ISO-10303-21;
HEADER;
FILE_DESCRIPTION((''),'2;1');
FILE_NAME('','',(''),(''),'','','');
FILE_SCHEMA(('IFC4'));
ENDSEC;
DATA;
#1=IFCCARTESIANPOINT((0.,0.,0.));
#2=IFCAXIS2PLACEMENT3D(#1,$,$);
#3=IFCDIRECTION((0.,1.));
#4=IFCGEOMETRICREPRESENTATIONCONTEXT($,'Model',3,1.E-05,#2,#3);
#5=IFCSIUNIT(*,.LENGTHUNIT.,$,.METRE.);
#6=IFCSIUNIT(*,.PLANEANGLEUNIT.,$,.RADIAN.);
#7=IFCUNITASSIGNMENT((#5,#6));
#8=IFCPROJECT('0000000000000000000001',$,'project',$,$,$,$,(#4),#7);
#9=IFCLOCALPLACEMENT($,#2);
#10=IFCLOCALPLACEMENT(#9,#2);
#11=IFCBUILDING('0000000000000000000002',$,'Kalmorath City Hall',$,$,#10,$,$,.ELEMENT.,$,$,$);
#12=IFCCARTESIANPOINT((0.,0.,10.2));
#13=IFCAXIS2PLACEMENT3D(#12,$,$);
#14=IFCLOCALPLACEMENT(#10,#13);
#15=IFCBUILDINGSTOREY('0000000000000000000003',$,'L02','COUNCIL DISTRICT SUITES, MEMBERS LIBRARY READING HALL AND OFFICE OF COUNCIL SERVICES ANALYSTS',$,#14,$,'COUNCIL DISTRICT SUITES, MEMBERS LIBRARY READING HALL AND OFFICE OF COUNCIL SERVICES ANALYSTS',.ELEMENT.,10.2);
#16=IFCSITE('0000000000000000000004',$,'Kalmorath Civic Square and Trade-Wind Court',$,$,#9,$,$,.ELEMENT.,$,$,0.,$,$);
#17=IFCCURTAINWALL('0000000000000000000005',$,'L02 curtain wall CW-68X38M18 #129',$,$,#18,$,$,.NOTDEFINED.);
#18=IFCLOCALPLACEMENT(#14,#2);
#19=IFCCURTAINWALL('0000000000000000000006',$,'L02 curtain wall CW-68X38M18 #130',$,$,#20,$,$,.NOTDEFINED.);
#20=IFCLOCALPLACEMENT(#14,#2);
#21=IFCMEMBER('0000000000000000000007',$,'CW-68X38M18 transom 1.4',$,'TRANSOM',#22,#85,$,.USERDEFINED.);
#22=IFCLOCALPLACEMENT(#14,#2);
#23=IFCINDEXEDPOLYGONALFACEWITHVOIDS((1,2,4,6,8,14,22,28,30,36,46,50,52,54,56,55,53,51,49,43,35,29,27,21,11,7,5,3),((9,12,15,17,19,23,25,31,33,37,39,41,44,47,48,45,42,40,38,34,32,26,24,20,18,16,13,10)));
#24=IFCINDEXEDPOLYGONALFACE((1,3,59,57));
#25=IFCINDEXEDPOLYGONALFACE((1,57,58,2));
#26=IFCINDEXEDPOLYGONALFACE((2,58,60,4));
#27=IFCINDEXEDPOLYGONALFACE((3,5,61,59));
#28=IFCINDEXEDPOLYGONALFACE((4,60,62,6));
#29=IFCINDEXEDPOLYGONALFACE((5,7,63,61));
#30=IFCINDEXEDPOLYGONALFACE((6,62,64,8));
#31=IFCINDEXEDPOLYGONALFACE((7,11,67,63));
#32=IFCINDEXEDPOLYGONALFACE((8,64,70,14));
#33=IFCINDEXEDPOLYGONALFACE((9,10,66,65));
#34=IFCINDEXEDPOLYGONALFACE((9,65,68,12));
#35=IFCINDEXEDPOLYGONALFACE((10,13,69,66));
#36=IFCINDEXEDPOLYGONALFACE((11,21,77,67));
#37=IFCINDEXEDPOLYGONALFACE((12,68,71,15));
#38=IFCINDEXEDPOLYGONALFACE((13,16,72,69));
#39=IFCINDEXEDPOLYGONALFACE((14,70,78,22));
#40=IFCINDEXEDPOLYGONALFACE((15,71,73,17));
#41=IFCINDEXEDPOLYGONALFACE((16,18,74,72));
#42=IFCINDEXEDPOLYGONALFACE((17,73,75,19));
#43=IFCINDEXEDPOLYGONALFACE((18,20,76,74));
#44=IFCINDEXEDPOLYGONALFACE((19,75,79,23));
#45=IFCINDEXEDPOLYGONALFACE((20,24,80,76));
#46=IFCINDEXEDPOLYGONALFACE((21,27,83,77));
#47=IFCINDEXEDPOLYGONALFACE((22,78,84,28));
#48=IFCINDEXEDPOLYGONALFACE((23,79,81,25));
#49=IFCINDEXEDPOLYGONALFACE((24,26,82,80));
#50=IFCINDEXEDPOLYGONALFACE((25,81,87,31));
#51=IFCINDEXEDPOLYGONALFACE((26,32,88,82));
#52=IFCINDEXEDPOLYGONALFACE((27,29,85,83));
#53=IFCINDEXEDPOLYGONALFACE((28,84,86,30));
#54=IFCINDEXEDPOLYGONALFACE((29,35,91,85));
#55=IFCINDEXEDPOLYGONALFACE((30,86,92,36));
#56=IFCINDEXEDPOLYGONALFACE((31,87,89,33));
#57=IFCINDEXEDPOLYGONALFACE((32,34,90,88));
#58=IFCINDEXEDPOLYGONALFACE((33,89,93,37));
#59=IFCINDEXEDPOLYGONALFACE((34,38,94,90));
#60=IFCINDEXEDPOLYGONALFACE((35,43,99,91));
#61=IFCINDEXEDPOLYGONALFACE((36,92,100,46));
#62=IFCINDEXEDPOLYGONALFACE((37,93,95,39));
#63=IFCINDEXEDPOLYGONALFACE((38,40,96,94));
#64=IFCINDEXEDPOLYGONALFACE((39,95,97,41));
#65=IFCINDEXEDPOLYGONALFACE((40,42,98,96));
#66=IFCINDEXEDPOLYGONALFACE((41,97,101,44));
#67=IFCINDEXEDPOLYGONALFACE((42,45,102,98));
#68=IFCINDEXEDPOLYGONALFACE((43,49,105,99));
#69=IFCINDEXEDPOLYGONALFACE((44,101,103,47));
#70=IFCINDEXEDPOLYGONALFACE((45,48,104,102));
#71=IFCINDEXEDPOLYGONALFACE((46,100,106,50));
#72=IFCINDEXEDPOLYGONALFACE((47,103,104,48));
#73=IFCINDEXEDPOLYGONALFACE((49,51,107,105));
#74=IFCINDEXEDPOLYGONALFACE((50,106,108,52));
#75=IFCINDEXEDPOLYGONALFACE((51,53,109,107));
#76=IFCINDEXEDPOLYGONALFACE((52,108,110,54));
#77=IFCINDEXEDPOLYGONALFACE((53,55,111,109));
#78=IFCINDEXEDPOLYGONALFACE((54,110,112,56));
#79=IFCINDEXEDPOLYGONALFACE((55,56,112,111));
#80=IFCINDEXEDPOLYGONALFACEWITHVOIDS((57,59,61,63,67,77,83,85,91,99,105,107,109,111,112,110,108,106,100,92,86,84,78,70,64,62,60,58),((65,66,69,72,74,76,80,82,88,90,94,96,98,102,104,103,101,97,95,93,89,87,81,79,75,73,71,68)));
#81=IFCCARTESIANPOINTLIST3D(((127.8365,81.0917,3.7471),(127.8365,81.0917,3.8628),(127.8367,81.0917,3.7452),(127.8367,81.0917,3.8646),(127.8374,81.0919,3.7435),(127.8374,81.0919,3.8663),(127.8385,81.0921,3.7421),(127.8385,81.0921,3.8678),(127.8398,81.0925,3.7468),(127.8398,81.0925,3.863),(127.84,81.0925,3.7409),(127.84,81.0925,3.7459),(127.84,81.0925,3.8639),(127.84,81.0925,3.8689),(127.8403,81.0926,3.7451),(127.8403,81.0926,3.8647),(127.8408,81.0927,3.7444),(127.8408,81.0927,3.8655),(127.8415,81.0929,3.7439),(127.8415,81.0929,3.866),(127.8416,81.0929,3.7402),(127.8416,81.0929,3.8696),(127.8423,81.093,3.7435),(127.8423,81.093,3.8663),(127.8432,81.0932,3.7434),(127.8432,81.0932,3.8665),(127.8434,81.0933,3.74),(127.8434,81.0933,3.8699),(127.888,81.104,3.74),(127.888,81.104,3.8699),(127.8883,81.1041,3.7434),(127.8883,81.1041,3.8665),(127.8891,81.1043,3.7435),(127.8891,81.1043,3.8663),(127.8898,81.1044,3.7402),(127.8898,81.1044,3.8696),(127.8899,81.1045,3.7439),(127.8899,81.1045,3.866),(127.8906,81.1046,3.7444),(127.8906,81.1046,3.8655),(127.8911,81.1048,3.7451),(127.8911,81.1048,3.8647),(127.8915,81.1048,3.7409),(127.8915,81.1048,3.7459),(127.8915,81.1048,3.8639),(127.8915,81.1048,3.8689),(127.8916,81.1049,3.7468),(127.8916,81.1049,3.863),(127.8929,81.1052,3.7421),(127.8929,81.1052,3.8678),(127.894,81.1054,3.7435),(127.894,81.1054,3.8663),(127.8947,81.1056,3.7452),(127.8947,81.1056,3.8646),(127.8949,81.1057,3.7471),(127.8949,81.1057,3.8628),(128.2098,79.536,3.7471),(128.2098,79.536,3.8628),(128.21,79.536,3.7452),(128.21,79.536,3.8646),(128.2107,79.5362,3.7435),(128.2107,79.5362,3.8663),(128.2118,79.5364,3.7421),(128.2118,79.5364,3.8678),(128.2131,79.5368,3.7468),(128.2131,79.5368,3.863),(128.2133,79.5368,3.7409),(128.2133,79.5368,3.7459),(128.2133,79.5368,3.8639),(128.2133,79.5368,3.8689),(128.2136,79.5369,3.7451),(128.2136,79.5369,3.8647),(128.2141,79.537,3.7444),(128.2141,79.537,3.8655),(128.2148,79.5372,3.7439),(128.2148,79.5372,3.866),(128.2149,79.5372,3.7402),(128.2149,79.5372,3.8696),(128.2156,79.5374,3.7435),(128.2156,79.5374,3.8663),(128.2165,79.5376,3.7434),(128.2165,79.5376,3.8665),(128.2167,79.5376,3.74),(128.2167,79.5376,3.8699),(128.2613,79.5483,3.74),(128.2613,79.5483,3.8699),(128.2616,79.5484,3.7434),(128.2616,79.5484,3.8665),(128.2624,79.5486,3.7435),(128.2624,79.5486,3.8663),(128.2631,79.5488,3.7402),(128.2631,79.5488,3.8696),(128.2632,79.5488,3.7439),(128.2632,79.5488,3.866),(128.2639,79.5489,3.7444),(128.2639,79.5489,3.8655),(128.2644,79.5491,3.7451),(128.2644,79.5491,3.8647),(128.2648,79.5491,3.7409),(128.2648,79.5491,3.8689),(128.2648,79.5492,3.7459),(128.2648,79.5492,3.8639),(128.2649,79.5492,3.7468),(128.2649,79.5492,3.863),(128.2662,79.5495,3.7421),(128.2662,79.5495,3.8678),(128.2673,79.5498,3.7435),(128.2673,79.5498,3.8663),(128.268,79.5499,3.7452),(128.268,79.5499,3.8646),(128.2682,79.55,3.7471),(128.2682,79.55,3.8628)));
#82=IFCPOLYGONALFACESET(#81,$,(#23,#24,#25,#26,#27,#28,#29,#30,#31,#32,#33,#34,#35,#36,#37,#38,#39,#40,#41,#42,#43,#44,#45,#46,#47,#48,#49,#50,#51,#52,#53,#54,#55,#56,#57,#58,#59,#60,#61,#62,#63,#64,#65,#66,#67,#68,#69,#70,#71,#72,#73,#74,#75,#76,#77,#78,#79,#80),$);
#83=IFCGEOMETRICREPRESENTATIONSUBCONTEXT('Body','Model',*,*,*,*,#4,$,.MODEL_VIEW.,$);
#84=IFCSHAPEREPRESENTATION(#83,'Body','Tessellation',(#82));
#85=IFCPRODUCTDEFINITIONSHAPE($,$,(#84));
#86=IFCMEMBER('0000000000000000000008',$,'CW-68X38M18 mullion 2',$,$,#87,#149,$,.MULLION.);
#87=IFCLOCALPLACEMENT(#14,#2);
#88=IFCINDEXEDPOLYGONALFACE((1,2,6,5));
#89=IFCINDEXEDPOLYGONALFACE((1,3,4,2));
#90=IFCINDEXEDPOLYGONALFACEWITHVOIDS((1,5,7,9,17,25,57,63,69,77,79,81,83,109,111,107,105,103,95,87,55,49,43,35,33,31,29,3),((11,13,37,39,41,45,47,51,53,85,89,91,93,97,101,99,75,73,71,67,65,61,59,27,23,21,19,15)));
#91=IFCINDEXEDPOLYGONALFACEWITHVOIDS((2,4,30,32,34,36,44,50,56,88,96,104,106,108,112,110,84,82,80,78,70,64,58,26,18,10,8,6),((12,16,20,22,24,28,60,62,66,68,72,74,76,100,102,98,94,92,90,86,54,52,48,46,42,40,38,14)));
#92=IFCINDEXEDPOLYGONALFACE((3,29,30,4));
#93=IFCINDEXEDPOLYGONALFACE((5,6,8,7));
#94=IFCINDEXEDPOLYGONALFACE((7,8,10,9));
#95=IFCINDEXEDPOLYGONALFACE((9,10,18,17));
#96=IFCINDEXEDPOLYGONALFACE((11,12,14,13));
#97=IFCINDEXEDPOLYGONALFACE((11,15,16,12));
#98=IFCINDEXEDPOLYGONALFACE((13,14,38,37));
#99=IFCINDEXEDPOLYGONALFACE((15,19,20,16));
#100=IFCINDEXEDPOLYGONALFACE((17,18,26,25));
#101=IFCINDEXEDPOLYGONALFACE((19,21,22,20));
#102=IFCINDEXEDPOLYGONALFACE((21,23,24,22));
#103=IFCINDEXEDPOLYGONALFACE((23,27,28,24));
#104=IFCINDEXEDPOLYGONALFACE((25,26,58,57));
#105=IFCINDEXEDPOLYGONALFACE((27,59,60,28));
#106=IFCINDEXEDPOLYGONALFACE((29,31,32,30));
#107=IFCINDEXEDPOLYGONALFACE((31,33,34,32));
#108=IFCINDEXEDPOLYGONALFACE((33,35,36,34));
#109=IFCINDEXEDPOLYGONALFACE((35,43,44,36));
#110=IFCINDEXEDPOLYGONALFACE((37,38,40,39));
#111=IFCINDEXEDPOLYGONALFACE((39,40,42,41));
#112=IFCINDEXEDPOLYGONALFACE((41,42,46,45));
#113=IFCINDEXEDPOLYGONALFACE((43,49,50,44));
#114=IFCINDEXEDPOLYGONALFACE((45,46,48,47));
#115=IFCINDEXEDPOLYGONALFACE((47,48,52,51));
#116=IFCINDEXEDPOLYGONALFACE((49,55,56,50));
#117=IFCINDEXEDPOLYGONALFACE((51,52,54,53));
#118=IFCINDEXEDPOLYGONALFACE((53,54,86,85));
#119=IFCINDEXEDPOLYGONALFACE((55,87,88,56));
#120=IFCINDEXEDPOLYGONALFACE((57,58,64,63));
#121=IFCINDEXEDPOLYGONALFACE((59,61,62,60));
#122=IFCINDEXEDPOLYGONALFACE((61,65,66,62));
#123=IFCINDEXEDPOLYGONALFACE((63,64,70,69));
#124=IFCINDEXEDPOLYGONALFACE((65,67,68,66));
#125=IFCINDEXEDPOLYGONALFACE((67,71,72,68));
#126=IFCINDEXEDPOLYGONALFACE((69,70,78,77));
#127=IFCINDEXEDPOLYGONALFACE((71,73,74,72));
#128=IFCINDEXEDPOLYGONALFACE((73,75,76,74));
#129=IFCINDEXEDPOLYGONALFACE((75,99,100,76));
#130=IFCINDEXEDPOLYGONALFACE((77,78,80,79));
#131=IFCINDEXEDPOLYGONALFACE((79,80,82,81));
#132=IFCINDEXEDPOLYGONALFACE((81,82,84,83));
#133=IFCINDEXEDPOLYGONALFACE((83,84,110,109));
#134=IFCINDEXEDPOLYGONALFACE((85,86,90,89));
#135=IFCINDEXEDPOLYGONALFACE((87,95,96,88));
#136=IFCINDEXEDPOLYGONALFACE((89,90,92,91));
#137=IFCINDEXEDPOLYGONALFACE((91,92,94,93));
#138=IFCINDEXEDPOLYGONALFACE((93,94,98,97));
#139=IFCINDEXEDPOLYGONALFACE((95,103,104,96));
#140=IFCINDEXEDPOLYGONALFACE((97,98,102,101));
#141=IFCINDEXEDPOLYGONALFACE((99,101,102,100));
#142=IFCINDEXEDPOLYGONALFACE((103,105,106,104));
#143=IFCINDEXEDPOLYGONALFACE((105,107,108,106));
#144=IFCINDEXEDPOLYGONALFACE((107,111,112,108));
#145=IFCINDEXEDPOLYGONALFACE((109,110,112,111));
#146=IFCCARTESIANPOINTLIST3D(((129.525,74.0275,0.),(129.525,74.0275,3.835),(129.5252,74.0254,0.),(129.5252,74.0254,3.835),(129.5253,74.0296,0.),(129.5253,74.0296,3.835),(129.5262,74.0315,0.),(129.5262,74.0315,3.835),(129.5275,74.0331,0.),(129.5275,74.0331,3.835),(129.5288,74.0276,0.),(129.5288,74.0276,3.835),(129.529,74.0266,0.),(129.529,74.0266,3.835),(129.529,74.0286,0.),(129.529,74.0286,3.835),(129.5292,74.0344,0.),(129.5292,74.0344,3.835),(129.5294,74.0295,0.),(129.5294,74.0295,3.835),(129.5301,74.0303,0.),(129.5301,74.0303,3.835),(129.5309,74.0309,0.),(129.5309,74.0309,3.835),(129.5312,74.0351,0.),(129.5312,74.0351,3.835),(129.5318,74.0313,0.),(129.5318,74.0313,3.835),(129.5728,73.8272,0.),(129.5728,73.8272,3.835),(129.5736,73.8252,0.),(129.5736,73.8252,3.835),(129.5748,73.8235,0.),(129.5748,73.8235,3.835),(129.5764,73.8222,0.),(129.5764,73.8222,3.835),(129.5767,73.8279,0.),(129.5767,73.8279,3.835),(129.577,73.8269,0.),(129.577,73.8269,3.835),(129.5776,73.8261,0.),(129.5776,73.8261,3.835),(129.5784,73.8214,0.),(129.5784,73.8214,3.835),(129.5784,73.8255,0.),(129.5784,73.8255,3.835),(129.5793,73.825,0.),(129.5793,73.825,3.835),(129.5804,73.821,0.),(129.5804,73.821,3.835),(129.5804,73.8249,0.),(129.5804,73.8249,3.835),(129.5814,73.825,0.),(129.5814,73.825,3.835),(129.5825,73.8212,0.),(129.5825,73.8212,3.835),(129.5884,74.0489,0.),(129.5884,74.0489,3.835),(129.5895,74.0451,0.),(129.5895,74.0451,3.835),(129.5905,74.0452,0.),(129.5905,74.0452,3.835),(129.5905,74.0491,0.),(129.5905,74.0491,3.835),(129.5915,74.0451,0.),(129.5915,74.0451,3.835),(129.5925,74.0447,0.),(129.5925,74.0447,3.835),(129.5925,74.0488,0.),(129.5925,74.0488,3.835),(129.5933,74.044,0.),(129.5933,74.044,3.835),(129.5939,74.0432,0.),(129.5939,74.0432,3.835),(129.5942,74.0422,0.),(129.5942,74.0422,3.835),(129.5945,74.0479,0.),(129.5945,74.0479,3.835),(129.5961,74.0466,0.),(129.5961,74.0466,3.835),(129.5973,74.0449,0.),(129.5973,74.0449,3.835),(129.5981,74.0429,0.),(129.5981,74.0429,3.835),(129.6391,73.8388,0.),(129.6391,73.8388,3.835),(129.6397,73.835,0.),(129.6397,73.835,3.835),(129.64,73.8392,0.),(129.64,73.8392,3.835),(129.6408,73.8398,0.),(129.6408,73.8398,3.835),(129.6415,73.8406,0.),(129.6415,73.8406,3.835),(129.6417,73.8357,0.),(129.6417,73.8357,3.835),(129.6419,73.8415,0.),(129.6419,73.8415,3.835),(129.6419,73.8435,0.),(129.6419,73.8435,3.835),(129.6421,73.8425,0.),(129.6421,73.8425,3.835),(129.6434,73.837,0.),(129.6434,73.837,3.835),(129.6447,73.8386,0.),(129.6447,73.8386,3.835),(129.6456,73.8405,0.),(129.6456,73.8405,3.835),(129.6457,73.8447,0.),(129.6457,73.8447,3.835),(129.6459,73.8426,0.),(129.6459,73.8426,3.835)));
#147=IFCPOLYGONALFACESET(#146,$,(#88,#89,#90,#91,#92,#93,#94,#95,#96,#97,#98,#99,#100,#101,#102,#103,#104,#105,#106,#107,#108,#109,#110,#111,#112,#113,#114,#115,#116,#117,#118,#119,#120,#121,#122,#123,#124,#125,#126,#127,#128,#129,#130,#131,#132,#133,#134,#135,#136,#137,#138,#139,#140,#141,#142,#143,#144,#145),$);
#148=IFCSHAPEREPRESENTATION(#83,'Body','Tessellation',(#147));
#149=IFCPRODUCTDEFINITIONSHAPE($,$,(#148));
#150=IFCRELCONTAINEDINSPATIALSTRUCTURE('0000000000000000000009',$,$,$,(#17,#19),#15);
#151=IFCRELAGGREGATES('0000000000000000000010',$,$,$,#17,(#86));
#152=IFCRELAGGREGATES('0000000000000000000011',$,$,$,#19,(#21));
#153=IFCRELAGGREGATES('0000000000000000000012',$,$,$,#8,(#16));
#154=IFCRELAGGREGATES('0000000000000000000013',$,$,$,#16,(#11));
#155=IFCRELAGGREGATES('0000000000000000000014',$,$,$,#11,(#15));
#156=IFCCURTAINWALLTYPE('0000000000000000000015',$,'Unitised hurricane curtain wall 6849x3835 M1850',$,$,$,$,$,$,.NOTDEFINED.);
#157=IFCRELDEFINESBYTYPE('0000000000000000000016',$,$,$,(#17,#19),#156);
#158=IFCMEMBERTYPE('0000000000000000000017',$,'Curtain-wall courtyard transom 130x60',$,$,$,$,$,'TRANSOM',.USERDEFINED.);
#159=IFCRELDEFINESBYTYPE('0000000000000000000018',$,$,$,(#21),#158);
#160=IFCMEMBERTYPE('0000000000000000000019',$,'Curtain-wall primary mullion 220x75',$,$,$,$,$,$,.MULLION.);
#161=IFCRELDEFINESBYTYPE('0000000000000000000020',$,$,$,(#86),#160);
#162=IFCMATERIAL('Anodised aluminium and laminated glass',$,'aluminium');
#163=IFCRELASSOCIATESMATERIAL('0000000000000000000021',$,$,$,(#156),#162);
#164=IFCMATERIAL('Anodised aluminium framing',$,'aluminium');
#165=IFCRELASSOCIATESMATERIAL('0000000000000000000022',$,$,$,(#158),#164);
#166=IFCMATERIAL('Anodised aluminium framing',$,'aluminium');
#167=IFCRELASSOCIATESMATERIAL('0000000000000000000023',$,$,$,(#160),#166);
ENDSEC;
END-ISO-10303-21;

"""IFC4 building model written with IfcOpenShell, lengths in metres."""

from ifc_helpers import new_model, si_unit, direction, frame, origin, origin_2d, place, context, subcontext, project, spatial, hollow_rectangle, extrude, material, material_profile, profile_set, type_object, element, aggregate, save


model = new_model("IFC4")

# Units and contexts
model_context = context("Model", 3, precision=1e-05, world=origin(), true_north=direction((0.0, 1.0)))
body_context = subcontext(model_context, "Body", "Model", "MODEL_VIEW")
ifc_project = project(units=[si_unit("LENGTHUNIT", "METRE"), si_unit("PLANEANGLEUNIT", "RADIAN")], contexts=[model_context])

# Site, building, storey
site_placement = place(None, origin())
site = spatial("IfcSite", under=ifc_project, at=site_placement, Name="Kalmorath Civic Square and Trade-Wind Court", CompositionType="ELEMENT", RefElevation=0.0)
building_placement = place(site_placement, origin())
building = spatial("IfcBuilding", under=site, at=building_placement, Name="Kalmorath City Hall", CompositionType="ELEMENT")
storey_placement = place(building_placement, frame((0.0, 0.0, 10.2)))
storey = spatial("IfcBuildingStorey", under=building, at=storey_placement, Name="L02", Description="COUNCIL DISTRICT SUITES, MEMBERS LIBRARY READING HALL AND OFFICE OF COUNCIL SERVICES ANALYSTS", LongName="COUNCIL DISTRICT SUITES, MEMBERS LIBRARY READING HALL AND OFFICE OF COUNCIL SERVICES ANALYSTS", CompositionType="ELEMENT", Elevation=10.2)

# Curtain walls, member
ifc_material_1 = material(Name="Anodised aluminium and laminated glass", Category="aluminium")
curtain_wall_type = type_object("IfcCurtainWallType", Name="Unitised hurricane curtain wall 6849x3835 M1850", PredefinedType="NOTDEFINED", material=ifc_material_1)
curtain_wall_1_placement = place(storey_placement, origin())
curtain_wall_1 = element("IfcCurtainWall", 1, at=curtain_wall_1_placement, inside=storey, type_object=curtain_wall_type, Name="L02 curtain wall CW-68X38M18 #129", PredefinedType="NOTDEFINED")
ifc_material_2 = material(Name="Anodised aluminium framing", Category="aluminium")
ifc_material_profile_1 = material_profile(ifc_material_2, hollow_rectangle(XDim=0.0601, YDim=0.1299, WallThickness=0.0034, InnerFilletRadius=0.0034, OuterFilletRadius=0.0071, at=origin_2d()), Name="ALU-TRN-130X60X3.5")
ifc_profile_set_1 = profile_set([ifc_material_profile_1], Name="Anodised aluminium framing")
member_type_1 = type_object("IfcMemberType", Name="Curtain-wall courtyard transom 130x60", ElementType="TRANSOM", PredefinedType="USERDEFINED", material=ifc_profile_set_1)
curtain_wall_2_placement = place(storey_placement, origin())
curtain_wall_2 = element("IfcCurtainWall", 2, at=curtain_wall_2_placement, inside=storey, type_object=curtain_wall_type, Name="L02 curtain wall CW-68X38M18 #130", PredefinedType="NOTDEFINED")
member_1_placement = place(storey_placement, frame((128.239, 79.543, 3.8049), z_axis=(-0.233333, 0.972397, 0.0), x_axis=(-0.972397, -0.233333, 0.0)))
member_1 = element("IfcMember", 3, at=member_1_placement, type_object=member_type_1, Name="CW-68X38M18 transom 1.4", ObjectType="TRANSOM", PredefinedType="USERDEFINED", context=body_context, shape_type="SweptSolid", body=[
    extrude(hollow_rectangle(XDim=0.0601, YDim=0.1299, WallThickness=0.0034, InnerFilletRadius=0.0034, OuterFilletRadius=0.0071, at=origin_2d()), origin(), (0.0, 0.0, 1.0), 1.5999),
])

# Member
ifc_material_3 = material(Name="Anodised aluminium framing", Category="aluminium")
ifc_material_profile_2 = material_profile(ifc_material_3, hollow_rectangle(XDim=0.075, YDim=0.22, WallThickness=0.0039, InnerFilletRadius=0.0039, OuterFilletRadius=0.0081, at=origin_2d()), Name="ALU-MUL-220X75X4")
ifc_profile_set_2 = profile_set([ifc_material_profile_2], Name="Anodised aluminium framing")
member_type_2 = type_object("IfcMemberType", Name="Curtain-wall primary mullion 220x75", PredefinedType="MULLION", material=ifc_profile_set_2)
member_2_placement = place(storey_placement, frame((129.5854, 73.9351, 0.0), z_axis=(0.0, 0.0, 1.0), x_axis=(-0.972367, -0.233456, 0.0)))
member_2 = element("IfcMember", 4, at=member_2_placement, type_object=member_type_2, Name="CW-68X38M18 mullion 2", PredefinedType="MULLION", context=body_context, shape_type="SweptSolid", body=[
    extrude(hollow_rectangle(XDim=0.075, YDim=0.22, WallThickness=0.0039, InnerFilletRadius=0.0039, OuterFilletRadius=0.0081, at=origin_2d()), origin(), (0.0, 0.0, 1.0), 3.835),
])

aggregate(curtain_wall_1, [member_2])
aggregate(curtain_wall_2, [member_1])

save(model, "model.ifc")
